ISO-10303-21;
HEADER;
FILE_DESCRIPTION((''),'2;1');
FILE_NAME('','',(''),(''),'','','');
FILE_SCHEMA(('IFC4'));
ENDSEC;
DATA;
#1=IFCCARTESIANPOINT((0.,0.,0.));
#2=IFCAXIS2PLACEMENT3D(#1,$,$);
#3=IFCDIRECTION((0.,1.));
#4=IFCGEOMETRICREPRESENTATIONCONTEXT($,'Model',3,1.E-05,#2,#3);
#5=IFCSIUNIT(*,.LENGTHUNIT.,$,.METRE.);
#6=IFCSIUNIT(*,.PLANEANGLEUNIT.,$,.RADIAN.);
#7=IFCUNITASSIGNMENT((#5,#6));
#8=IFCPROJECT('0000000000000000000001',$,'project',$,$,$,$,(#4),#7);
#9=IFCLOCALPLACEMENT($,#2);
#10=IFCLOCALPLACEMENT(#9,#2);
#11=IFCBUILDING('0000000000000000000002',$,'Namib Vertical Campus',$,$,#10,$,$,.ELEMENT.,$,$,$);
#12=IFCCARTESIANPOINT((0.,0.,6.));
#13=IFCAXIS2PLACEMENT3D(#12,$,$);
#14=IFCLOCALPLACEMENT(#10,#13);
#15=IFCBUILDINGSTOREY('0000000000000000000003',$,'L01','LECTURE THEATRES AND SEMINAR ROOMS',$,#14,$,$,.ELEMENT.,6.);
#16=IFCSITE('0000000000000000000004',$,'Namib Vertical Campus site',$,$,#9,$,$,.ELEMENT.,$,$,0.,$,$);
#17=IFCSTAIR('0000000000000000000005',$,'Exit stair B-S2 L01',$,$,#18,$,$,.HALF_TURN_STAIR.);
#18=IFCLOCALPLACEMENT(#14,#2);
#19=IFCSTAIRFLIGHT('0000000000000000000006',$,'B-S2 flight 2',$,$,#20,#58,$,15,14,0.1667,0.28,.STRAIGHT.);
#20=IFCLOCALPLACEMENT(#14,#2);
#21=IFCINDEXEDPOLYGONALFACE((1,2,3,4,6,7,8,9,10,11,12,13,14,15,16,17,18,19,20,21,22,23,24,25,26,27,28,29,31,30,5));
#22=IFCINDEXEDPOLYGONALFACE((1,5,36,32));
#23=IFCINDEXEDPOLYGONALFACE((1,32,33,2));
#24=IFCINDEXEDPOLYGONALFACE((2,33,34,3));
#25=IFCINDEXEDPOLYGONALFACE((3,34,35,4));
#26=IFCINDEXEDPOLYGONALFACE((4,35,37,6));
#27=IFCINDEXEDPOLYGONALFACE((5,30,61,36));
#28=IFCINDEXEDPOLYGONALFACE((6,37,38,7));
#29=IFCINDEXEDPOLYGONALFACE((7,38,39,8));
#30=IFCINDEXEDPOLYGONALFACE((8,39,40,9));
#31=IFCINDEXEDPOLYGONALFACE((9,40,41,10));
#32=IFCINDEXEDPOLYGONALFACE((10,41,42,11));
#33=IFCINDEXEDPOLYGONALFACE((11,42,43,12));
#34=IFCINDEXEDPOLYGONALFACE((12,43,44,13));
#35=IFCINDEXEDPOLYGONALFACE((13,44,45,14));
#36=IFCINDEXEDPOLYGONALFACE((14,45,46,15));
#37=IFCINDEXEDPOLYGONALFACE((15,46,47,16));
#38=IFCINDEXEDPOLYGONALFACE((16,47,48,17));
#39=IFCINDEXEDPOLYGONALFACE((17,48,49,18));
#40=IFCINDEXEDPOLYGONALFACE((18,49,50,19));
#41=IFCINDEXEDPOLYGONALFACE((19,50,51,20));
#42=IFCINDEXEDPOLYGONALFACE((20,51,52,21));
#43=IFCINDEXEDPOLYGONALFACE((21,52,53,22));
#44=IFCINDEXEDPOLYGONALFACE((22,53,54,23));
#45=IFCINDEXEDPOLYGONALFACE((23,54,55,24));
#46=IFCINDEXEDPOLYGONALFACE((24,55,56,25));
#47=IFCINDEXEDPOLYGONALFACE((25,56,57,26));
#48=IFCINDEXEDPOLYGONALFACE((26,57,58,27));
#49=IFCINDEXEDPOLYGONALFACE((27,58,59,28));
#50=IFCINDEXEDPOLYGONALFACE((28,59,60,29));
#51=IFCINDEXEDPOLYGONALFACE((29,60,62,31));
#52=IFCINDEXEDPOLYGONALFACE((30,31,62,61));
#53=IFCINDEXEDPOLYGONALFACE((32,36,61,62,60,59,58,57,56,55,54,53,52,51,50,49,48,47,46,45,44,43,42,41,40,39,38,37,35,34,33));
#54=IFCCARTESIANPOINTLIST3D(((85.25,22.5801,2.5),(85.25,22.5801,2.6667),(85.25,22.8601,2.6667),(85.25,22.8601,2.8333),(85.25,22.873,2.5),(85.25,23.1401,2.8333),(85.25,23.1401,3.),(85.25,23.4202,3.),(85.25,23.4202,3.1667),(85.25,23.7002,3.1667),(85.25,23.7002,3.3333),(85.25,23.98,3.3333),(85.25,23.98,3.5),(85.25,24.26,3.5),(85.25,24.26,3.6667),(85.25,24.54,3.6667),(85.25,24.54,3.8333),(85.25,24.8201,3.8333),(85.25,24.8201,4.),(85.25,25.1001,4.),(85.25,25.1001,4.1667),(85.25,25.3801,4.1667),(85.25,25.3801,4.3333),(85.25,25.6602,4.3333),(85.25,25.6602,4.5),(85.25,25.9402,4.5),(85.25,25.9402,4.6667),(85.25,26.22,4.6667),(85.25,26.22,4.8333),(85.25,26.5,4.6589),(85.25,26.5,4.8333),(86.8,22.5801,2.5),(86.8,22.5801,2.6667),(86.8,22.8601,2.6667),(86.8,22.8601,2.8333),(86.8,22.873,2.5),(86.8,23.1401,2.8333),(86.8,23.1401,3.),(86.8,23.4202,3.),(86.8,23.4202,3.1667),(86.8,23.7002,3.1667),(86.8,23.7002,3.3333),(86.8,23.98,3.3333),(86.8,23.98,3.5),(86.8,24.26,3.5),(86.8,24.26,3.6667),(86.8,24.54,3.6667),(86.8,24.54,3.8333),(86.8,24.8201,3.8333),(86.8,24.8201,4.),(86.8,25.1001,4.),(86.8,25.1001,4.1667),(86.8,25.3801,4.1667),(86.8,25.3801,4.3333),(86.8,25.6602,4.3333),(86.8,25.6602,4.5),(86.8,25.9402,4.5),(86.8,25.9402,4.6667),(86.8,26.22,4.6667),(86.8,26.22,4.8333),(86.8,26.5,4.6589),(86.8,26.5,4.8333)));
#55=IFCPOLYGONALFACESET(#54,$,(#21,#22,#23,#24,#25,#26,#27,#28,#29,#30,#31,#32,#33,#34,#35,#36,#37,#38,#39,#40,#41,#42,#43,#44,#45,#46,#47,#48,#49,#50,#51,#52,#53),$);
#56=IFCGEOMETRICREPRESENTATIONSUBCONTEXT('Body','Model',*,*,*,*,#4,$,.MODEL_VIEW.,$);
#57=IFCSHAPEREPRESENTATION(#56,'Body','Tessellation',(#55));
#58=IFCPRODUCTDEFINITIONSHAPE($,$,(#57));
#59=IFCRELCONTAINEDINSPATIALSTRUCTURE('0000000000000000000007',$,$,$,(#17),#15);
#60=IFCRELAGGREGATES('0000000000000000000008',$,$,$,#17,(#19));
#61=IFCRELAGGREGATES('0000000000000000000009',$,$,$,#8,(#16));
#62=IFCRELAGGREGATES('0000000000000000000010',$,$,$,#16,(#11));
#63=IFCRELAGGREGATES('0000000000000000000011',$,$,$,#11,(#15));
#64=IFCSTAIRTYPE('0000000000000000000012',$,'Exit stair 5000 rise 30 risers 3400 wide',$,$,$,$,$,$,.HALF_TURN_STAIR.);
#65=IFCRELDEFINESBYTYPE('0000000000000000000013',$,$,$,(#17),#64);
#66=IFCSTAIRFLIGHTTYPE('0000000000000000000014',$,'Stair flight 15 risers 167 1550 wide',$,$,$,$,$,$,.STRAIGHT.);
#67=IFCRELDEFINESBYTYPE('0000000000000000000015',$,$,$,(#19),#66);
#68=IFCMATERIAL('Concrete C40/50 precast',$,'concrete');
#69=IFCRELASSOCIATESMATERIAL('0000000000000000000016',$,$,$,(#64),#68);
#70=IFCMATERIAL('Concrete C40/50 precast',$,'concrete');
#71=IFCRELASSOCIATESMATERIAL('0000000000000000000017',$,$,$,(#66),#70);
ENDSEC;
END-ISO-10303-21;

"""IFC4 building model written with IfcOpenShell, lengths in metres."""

from ifc_helpers import new_model, si_unit, direction, frame, origin, place, context, subcontext, project, spatial, polyline, outline, extrude, material, type_object, element, aggregate, save


model = new_model("IFC4")

# Units and contexts
model_context = context("Model", 3, precision=1e-05, world=origin(), true_north=direction((0.0, 1.0)))
body_context = subcontext(model_context, "Body", "Model", "MODEL_VIEW")
ifc_project = project(units=[si_unit("LENGTHUNIT", "METRE"), si_unit("PLANEANGLEUNIT", "RADIAN")], contexts=[model_context])

# Site, building, storey
site_placement = place(None, origin())
site = spatial("IfcSite", under=ifc_project, at=site_placement, Name="Namib Vertical Campus site", CompositionType="ELEMENT", RefElevation=0.0)
building_placement = place(site_placement, origin())
building = spatial("IfcBuilding", under=site, at=building_placement, Name="Namib Vertical Campus", CompositionType="ELEMENT")
storey_placement = place(building_placement, frame((0.0, 0.0, 6.0)))
storey = spatial("IfcBuildingStorey", under=building, at=storey_placement, Name="L01", Description="LECTURE THEATRES AND SEMINAR ROOMS", CompositionType="ELEMENT", Elevation=6.0)

# Stair, stair flight
ifc_material_1 = material(Name="Concrete C40/50 precast", Category="concrete")
stair_type = type_object("IfcStairType", Name="Exit stair 5000 rise 30 risers 3400 wide", PredefinedType="HALF_TURN_STAIR", material=ifc_material_1)
stair_placement = place(storey_placement, origin())
stair = element("IfcStair", 1, at=stair_placement, inside=storey, type_object=stair_type, Name="Exit stair B-S2 L01", PredefinedType="HALF_TURN_STAIR")
ifc_material_2 = material(Name="Concrete C40/50 precast", Category="concrete")
stair_flight_type = type_object("IfcStairFlightType", Name="Stair flight 15 risers 167 1550 wide", PredefinedType="STRAIGHT", material=ifc_material_2)
stair_flight_placement = place(storey_placement, frame((86.0249, 22.5801, 2.5), z_axis=(0.0, 0.0, 1.0), x_axis=(0.0, 1.0, 0.0)))
stair_flight = element("IfcStairFlight", 2, at=stair_flight_placement, type_object=stair_flight_type, Name="B-S2 flight 2", NumberOfRisers=15, NumberOfTreads=14, PredefinedType="STRAIGHT", RiserHeight=0.1667, TreadLength=0.28, context=body_context, shape_type="SweptSolid", body=[
    extrude(outline(polyline([(0.0, 0.0), (0.0, 0.1667), (0.28, 0.1667), (0.28, 0.3333), (0.5601, 0.3333), (0.5601, 0.5), (0.8401, 0.5), (0.8401, 0.6667), (1.1201, 0.6667), (1.1201, 0.8333), (1.3999, 0.8333), (1.3999, 1.0), (1.6799, 1.0), (1.6799, 1.1667), (1.96, 1.1667), (1.96, 1.3333), (2.24, 1.3333), (2.24, 1.5), (2.52, 1.5), (2.52, 1.6667), (2.8, 1.6667), (2.8, 1.8333), (3.0801, 1.8333), (3.0801, 2.0), (3.3601, 2.0), (3.3601, 2.1667), (3.6399, 2.1667), (3.6399, 2.3333), (3.9199, 2.3333), (3.9199, 2.5), (3.9199, 2.1589), (0.293, 0.0), (0.0, 0.0)])), frame((0.0, 0.7749, 0.0), z_axis=(0.0, -1.0, 0.0), x_axis=(1.0, 0.0, 0.0)), (0.0, 0.0, 1.0), 1.55),
])
aggregate(stair, [stair_flight])

save(model, "model.ifc")
